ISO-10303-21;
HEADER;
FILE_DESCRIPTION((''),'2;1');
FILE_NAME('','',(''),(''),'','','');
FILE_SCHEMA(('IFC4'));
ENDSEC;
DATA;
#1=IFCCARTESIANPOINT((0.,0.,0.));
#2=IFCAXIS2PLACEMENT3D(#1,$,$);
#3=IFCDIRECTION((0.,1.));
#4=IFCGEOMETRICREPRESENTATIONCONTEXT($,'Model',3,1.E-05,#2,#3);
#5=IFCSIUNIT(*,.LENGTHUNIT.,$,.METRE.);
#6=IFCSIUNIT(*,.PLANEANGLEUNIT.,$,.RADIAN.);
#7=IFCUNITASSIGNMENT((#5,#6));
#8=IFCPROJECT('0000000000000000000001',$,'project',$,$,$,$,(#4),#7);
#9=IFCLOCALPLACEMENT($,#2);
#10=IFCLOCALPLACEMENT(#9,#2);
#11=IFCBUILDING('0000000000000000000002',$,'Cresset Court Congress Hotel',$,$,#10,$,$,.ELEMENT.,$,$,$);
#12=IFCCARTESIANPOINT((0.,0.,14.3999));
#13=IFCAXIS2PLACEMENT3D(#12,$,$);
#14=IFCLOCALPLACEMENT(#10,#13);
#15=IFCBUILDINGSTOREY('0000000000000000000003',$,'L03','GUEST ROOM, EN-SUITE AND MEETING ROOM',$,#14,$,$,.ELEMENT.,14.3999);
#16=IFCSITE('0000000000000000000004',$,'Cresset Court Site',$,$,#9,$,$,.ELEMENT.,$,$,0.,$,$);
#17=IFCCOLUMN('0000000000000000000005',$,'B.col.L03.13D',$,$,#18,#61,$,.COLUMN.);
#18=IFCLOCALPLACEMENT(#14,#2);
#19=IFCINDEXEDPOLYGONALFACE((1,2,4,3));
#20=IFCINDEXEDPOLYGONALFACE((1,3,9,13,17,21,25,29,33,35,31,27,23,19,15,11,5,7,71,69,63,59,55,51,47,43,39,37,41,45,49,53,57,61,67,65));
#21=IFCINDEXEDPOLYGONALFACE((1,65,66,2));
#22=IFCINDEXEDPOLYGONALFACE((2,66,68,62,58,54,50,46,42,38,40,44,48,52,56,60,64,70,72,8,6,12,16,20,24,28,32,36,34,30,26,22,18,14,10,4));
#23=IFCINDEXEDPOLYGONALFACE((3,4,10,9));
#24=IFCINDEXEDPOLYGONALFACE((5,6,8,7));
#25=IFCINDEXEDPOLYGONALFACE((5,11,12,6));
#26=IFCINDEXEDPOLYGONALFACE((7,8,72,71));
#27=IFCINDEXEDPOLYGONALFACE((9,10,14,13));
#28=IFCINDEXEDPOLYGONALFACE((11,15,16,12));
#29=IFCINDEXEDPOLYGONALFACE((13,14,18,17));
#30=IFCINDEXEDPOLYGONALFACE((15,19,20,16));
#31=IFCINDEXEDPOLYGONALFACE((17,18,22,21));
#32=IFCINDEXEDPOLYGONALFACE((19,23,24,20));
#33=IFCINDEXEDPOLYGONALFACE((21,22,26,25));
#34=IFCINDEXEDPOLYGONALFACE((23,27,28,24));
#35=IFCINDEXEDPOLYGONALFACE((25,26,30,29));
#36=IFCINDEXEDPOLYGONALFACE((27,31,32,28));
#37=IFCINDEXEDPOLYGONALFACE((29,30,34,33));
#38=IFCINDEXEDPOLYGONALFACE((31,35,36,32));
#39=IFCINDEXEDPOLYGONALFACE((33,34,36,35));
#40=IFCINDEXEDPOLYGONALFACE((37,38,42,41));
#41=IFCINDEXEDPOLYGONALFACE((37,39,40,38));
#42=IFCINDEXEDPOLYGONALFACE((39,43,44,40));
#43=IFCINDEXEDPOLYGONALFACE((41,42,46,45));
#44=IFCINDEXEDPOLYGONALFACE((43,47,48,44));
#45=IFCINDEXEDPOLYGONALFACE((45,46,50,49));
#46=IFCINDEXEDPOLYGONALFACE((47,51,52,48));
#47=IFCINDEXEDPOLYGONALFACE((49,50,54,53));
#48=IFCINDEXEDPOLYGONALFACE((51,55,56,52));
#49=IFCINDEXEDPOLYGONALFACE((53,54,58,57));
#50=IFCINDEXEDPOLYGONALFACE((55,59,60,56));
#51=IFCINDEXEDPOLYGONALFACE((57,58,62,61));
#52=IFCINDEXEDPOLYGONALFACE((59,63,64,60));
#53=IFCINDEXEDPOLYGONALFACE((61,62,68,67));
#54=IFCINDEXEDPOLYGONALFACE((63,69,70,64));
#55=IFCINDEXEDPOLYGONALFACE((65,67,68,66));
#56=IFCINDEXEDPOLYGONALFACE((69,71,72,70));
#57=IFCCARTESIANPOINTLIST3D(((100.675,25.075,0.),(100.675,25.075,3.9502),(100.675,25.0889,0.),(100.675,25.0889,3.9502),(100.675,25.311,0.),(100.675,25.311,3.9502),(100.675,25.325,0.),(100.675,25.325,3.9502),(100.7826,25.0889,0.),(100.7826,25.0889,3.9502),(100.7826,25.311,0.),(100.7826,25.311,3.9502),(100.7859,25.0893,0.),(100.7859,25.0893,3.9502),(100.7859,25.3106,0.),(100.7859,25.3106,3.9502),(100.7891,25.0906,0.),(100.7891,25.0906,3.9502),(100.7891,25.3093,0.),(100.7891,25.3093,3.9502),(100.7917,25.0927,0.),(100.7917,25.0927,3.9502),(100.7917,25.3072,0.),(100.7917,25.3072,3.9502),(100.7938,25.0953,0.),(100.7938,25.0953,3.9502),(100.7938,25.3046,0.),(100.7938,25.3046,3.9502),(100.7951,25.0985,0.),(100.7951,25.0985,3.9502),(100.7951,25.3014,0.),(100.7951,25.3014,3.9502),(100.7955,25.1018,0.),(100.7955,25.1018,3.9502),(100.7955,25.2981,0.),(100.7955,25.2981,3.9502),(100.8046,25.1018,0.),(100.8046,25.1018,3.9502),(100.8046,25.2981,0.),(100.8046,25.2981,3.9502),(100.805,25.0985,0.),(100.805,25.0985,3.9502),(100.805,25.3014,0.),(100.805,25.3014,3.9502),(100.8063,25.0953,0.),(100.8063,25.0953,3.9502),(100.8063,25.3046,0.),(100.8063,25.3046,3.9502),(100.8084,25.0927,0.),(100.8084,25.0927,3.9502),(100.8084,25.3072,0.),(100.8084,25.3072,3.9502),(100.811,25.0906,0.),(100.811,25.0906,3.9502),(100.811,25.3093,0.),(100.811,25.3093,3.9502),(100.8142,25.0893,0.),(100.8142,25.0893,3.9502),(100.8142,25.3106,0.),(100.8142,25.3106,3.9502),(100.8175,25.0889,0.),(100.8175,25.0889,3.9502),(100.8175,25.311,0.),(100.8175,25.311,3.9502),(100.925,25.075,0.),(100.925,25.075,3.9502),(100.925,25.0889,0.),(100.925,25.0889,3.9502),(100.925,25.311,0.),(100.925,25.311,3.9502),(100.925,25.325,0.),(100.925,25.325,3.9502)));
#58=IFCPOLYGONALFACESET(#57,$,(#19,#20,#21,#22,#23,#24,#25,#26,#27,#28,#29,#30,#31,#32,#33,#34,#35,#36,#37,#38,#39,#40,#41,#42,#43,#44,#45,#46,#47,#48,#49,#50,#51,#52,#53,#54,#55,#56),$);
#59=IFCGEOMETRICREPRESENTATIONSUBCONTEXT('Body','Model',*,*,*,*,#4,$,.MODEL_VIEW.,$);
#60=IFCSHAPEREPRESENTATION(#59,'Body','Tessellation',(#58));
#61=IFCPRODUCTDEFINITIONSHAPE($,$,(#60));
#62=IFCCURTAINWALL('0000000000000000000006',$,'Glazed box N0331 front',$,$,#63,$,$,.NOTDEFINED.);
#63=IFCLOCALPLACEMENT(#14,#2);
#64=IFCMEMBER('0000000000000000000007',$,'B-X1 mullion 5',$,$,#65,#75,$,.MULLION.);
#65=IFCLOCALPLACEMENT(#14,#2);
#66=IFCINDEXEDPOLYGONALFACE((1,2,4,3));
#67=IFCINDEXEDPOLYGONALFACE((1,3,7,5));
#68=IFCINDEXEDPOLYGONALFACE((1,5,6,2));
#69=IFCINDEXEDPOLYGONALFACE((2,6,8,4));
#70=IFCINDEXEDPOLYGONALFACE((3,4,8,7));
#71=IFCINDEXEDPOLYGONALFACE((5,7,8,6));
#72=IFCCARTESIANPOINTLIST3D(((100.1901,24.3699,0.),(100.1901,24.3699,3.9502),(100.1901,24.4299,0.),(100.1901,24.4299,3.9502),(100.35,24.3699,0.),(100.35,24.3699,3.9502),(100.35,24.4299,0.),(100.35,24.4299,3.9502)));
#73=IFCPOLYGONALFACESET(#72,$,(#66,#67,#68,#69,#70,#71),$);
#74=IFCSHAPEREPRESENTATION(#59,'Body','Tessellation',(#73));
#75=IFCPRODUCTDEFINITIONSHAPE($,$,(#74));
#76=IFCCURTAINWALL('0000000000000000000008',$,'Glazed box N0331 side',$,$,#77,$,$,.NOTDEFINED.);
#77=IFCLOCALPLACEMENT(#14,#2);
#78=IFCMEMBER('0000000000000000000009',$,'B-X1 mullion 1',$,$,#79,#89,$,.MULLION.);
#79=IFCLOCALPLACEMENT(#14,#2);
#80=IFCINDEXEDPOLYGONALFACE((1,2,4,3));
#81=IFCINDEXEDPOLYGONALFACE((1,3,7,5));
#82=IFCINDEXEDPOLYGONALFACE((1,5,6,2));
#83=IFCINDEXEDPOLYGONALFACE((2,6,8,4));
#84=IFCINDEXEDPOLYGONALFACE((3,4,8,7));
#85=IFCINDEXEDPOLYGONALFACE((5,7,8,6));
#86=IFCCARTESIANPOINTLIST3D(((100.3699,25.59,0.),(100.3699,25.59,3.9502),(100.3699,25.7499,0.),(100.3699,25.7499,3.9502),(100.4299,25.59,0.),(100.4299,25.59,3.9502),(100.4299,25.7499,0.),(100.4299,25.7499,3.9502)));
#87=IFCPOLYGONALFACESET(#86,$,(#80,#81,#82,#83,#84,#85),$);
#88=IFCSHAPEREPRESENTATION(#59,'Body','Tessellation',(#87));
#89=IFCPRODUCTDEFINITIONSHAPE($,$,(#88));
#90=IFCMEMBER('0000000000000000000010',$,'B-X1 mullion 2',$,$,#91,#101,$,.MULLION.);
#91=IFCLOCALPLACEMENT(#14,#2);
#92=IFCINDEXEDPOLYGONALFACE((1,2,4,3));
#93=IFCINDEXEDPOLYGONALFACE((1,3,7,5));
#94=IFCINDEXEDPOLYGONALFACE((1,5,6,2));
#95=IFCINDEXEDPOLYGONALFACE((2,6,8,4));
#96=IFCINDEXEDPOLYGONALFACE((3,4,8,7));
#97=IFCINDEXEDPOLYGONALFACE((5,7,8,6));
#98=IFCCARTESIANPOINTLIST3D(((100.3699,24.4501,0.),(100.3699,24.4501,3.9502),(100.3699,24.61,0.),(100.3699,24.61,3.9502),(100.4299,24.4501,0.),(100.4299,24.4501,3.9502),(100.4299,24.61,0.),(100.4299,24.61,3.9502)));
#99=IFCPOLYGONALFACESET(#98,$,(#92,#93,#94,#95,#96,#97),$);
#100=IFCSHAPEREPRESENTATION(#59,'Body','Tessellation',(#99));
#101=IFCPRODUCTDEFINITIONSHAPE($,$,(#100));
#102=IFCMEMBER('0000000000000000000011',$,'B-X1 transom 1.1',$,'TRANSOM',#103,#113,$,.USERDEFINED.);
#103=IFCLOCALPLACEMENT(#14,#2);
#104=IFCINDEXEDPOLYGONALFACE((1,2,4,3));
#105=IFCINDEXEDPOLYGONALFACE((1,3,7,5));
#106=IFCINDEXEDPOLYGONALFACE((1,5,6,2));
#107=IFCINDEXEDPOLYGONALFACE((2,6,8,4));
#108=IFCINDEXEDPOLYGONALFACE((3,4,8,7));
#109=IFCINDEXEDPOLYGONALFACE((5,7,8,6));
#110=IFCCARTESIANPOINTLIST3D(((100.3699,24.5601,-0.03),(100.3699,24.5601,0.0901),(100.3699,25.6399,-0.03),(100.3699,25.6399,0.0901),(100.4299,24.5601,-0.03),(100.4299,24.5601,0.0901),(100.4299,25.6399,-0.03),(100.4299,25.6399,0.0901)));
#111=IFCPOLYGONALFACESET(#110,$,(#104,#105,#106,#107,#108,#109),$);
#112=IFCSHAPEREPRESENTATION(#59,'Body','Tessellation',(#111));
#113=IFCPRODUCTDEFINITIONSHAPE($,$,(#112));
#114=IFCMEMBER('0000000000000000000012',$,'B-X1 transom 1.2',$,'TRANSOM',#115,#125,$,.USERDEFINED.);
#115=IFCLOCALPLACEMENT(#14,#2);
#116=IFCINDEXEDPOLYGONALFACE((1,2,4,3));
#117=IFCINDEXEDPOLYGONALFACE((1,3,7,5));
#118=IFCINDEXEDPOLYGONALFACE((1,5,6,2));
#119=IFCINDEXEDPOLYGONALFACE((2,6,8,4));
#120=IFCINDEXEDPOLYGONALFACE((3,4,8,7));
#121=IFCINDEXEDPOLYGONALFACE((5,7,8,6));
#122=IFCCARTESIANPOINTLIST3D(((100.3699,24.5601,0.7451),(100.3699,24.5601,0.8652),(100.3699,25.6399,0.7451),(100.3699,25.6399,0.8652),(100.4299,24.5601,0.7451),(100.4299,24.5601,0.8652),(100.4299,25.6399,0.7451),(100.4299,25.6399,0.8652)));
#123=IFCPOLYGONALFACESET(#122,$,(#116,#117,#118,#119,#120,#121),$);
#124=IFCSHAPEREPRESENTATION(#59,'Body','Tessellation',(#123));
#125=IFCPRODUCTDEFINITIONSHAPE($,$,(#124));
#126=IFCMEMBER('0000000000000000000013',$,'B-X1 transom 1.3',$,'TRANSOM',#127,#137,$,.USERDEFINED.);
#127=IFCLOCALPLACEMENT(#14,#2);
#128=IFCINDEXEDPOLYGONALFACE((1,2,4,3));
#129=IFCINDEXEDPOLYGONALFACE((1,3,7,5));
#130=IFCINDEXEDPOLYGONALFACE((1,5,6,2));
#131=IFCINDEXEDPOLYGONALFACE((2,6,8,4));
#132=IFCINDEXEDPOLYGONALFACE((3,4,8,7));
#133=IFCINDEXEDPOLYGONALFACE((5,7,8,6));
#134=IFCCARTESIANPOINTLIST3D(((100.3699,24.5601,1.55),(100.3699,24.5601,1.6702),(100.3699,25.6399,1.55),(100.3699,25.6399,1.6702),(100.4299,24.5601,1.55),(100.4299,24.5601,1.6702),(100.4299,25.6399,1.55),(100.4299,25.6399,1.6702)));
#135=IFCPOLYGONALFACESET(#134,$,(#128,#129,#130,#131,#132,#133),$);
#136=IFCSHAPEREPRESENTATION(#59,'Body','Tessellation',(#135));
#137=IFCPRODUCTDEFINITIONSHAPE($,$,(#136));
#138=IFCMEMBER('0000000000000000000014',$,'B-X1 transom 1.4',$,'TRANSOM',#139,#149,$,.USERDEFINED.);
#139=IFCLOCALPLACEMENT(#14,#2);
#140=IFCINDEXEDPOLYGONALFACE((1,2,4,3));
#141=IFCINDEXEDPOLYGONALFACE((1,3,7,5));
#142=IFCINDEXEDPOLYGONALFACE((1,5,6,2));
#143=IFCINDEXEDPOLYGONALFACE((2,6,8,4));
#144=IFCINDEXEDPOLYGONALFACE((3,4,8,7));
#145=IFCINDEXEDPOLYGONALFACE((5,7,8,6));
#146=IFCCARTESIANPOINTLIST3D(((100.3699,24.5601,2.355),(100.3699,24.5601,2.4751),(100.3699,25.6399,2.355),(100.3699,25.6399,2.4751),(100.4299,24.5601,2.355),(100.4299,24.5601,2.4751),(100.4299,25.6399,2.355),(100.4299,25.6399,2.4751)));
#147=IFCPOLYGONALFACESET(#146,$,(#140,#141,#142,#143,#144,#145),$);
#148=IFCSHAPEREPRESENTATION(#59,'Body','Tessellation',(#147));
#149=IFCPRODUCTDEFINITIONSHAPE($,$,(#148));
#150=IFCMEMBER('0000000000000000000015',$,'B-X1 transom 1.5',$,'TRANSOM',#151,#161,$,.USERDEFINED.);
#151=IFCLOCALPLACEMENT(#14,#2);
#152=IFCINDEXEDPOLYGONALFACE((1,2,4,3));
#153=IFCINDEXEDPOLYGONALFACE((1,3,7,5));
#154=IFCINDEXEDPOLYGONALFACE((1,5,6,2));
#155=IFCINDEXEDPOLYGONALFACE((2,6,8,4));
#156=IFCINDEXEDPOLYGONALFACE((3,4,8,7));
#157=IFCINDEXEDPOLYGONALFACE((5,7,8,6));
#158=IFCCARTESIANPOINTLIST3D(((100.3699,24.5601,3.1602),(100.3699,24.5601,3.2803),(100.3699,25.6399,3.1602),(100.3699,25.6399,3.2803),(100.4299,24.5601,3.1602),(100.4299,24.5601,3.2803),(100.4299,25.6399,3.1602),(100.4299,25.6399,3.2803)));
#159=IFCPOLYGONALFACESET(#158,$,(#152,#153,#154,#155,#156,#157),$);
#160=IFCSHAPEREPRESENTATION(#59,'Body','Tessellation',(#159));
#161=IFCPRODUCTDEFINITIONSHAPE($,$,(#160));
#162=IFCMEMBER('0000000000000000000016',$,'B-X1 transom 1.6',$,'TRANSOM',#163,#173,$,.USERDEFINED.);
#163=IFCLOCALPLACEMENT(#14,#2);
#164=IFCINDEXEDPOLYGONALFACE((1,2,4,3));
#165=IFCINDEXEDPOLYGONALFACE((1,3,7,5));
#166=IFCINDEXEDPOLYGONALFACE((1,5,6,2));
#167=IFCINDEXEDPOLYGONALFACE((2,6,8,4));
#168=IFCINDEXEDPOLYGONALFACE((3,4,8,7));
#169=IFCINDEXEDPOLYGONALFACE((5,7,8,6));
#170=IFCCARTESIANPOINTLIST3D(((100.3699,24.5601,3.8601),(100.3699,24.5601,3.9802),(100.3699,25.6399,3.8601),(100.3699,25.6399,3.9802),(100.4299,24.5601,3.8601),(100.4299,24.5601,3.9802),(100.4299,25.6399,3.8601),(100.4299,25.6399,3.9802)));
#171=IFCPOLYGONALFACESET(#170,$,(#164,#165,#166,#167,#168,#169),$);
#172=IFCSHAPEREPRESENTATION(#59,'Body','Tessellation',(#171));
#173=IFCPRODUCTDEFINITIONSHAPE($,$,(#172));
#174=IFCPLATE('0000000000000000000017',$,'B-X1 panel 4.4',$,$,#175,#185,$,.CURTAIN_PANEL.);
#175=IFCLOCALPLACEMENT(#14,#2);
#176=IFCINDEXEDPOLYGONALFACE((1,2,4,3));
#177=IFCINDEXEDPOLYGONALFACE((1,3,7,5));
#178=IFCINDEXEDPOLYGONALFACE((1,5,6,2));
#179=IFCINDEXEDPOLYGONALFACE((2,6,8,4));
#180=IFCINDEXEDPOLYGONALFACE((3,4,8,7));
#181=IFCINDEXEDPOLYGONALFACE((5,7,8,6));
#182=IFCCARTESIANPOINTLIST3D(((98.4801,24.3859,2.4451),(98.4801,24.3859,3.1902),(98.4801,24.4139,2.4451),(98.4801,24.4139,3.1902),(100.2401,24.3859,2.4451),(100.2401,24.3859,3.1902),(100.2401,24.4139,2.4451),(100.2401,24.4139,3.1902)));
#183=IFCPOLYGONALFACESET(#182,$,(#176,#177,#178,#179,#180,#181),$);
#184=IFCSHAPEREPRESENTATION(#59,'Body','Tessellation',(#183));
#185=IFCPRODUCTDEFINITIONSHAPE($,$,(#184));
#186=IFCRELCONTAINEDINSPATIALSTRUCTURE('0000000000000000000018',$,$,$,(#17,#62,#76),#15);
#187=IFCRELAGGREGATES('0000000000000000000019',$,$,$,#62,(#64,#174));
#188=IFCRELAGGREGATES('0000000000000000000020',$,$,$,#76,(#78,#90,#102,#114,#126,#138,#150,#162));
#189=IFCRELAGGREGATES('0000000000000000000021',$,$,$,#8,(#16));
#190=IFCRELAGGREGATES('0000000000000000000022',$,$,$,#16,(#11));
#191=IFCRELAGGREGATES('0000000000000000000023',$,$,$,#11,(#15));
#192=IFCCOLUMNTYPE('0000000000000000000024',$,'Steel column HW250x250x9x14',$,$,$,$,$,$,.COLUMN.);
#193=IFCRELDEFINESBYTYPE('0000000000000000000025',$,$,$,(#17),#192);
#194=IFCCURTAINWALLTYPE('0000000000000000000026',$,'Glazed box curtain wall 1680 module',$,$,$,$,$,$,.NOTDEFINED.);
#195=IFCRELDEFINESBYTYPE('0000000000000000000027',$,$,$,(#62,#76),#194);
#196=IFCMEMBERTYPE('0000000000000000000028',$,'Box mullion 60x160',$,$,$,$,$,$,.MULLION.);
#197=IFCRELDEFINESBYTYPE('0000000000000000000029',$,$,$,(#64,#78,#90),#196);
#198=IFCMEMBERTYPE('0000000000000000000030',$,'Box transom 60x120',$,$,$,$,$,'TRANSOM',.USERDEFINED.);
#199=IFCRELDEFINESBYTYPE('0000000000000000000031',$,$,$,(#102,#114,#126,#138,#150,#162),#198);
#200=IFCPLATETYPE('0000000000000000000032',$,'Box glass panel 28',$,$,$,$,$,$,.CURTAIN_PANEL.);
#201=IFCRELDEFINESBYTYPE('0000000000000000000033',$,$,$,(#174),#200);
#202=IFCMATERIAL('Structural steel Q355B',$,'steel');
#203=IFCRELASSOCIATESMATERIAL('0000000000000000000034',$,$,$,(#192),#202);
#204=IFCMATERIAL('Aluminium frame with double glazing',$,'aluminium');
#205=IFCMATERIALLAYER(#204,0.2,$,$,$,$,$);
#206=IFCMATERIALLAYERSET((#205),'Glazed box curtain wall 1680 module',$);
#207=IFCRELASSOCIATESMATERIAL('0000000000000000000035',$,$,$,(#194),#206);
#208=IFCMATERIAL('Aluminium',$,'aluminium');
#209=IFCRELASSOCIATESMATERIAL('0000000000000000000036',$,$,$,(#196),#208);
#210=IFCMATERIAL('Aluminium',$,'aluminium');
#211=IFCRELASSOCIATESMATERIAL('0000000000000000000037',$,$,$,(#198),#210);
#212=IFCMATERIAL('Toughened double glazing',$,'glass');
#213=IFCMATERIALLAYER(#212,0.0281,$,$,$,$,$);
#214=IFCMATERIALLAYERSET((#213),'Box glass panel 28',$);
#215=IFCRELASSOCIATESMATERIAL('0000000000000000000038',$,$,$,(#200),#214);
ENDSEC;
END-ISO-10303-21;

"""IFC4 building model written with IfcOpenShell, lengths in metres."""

from ifc_helpers import new_model, si_unit, direction, frame, origin, origin_2d, place, context, subcontext, project, spatial, rectangle, i_section, extrude, material, layer, layer_set, material_profile, profile_set, type_object, element, aggregate, save


model = new_model("IFC4")

# Units and contexts
model_context = context("Model", 3, precision=1e-05, world=origin(), true_north=direction((0.0, 1.0)))
body_context = subcontext(model_context, "Body", "Model", "MODEL_VIEW")
ifc_project = project(units=[si_unit("LENGTHUNIT", "METRE"), si_unit("PLANEANGLEUNIT", "RADIAN")], contexts=[model_context])

# Site, building, storey
site_placement = place(None, origin())
site = spatial("IfcSite", under=ifc_project, at=site_placement, Name="Cresset Court Site", CompositionType="ELEMENT", RefElevation=0.0)
building_placement = place(site_placement, origin())
building = spatial("IfcBuilding", under=site, at=building_placement, Name="Cresset Court Congress Hotel", CompositionType="ELEMENT")
storey_placement = place(building_placement, frame((0.0, 0.0, 14.3999)))
storey = spatial("IfcBuildingStorey", under=building, at=storey_placement, Name="L03", Description="GUEST ROOM, EN-SUITE AND MEETING ROOM", CompositionType="ELEMENT", Elevation=14.3999)

# Column
ifc_material_1 = material(Name="Structural steel Q355B", Category="steel")
ifc_material_profile_1 = material_profile(ifc_material_1, i_section(OverallWidth=0.25, OverallDepth=0.25, WebThickness=0.009, FlangeThickness=0.0139, FilletRadius=0.0129, at=origin_2d()), Name="HW250x250x9x14")
ifc_profile_set_1 = profile_set([ifc_material_profile_1], Name="Structural steel Q355B")
column_type = type_object("IfcColumnType", Name="Steel column HW250x250x9x14", PredefinedType="COLUMN", material=ifc_profile_set_1)
column_placement = place(storey_placement, frame((100.8, 25.2, 0.0), z_axis=(0.0, 0.0, 1.0), x_axis=(1.0, 0.0, 0.0)))
element("IfcColumn", 1, at=column_placement, inside=storey, type_object=column_type, Name="B.col.L03.13D", PredefinedType="COLUMN", context=body_context, shape_type="SweptSolid", body=[
    extrude(i_section(OverallWidth=0.25, OverallDepth=0.25, WebThickness=0.009, FlangeThickness=0.0139, FilletRadius=0.0129, at=origin_2d()), origin(), (0.0, 0.0, 1.0), 3.9502),
])

# Curtain wall, member
ifc_material_2 = material(Name="Aluminium frame with double glazing", Category="aluminium")
ifc_layer_1 = layer(ifc_material_2, 0.2)
ifc_layer_set_1 = layer_set([ifc_layer_1], Name="Glazed box curtain wall 1680 module")
curtain_wall_type = type_object("IfcCurtainWallType", Name="Glazed box curtain wall 1680 module", PredefinedType="NOTDEFINED", material=ifc_layer_set_1)
curtain_wall_1_placement = place(storey_placement, origin())
curtain_wall_1 = element("IfcCurtainWall", 2, at=curtain_wall_1_placement, inside=storey, type_object=curtain_wall_type, Name="Glazed box N0331 front", PredefinedType="NOTDEFINED")
ifc_material_3 = material(Name="Aluminium", Category="aluminium")
ifc_material_profile_2 = material_profile(ifc_material_3, rectangle(XDim=0.0601, YDim=0.1599, at=origin_2d()), Name="Box mullion 60x160")
ifc_profile_set_2 = profile_set([ifc_material_profile_2], Name="Aluminium")
member_type_1 = type_object("IfcMemberType", Name="Box mullion 60x160", PredefinedType="MULLION", material=ifc_profile_set_2)
member_1_placement = place(storey_placement, frame((100.27, 24.3999, 0.0), z_axis=(0.0, 0.0, 1.0), x_axis=(0.0, 1.0, 0.0)))
member_1 = element("IfcMember", 3, at=member_1_placement, type_object=member_type_1, Name="B-X1 mullion 5", PredefinedType="MULLION", context=body_context, shape_type="SweptSolid", body=[
    extrude(rectangle(XDim=0.0601, YDim=0.1599, at=origin_2d()), origin(), (0.0, 0.0, 1.0), 3.9502),
])

# Curtain wall, members
curtain_wall_2_placement = place(storey_placement, origin())
curtain_wall_2 = element("IfcCurtainWall", 4, at=curtain_wall_2_placement, inside=storey, type_object=curtain_wall_type, Name="Glazed box N0331 side", PredefinedType="NOTDEFINED")
member_2_placement = place(storey_placement, frame((100.3999, 25.6699, 0.0), z_axis=(0.0, 0.0, 1.0), x_axis=(1.0, 0.0, 0.0)))
member_2 = element("IfcMember", 5, at=member_2_placement, type_object=member_type_1, Name="B-X1 mullion 1", PredefinedType="MULLION", context=body_context, shape_type="SweptSolid", body=[
    extrude(rectangle(XDim=0.0601, YDim=0.1599, at=origin_2d()), origin(), (0.0, 0.0, 1.0), 3.9502),
])
member_3_placement = place(storey_placement, frame((100.3999, 24.53, 0.0), z_axis=(0.0, 0.0, 1.0), x_axis=(1.0, 0.0, 0.0)))
member_3 = element("IfcMember", 6, at=member_3_placement, type_object=member_type_1, Name="B-X1 mullion 2", PredefinedType="MULLION", context=body_context, shape_type="SweptSolid", body=[
    extrude(rectangle(XDim=0.0601, YDim=0.1599, at=origin_2d()), origin(), (0.0, 0.0, 1.0), 3.9502),
])
ifc_material_4 = material(Name="Aluminium", Category="aluminium")
ifc_material_profile_3 = material_profile(ifc_material_4, rectangle(XDim=0.0601, YDim=0.1201, at=origin_2d()), Name="Box transom 60x120")
ifc_profile_set_3 = profile_set([ifc_material_profile_3], Name="Aluminium")
member_type_2 = type_object("IfcMemberType", Name="Box transom 60x120", ElementType="TRANSOM", PredefinedType="USERDEFINED", material=ifc_profile_set_3)
member_4_placement = place(storey_placement, frame((100.3999, 25.6399, 0.03), z_axis=(0.0, -1.0, 0.0), x_axis=(1.0, 0.0, 0.0)))
member_4 = element("IfcMember", 7, at=member_4_placement, type_object=member_type_2, Name="B-X1 transom 1.1", ObjectType="TRANSOM", PredefinedType="USERDEFINED", context=body_context, shape_type="SweptSolid", body=[
    extrude(rectangle(XDim=0.0601, YDim=0.1201, at=origin_2d()), origin(), (0.0, 0.0, 1.0), 1.0798),
])
member_5_placement = place(storey_placement, frame((100.3999, 25.6399, 0.8052), z_axis=(0.0, -1.0, 0.0), x_axis=(1.0, 0.0, 0.0)))
member_5 = element("IfcMember", 8, at=member_5_placement, type_object=member_type_2, Name="B-X1 transom 1.2", ObjectType="TRANSOM", PredefinedType="USERDEFINED", context=body_context, shape_type="SweptSolid", body=[
    extrude(rectangle(XDim=0.0601, YDim=0.1201, at=origin_2d()), origin(), (0.0, 0.0, 1.0), 1.0798),
])
member_6_placement = place(storey_placement, frame((100.3999, 25.6399, 1.6101), z_axis=(0.0, -1.0, 0.0), x_axis=(1.0, 0.0, 0.0)))
member_6 = element("IfcMember", 9, at=member_6_placement, type_object=member_type_2, Name="B-X1 transom 1.3", ObjectType="TRANSOM", PredefinedType="USERDEFINED", context=body_context, shape_type="SweptSolid", body=[
    extrude(rectangle(XDim=0.0601, YDim=0.1201, at=origin_2d()), origin(), (0.0, 0.0, 1.0), 1.0798),
])
member_7_placement = place(storey_placement, frame((100.3999, 25.6399, 2.415), z_axis=(0.0, -1.0, 0.0), x_axis=(1.0, 0.0, 0.0)))
member_7 = element("IfcMember", 10, at=member_7_placement, type_object=member_type_2, Name="B-X1 transom 1.4", ObjectType="TRANSOM", PredefinedType="USERDEFINED", context=body_context, shape_type="SweptSolid", body=[
    extrude(rectangle(XDim=0.0601, YDim=0.1201, at=origin_2d()), origin(), (0.0, 0.0, 1.0), 1.0798),
])
member_8_placement = place(storey_placement, frame((100.3999, 25.6399, 3.2202), z_axis=(0.0, -1.0, 0.0), x_axis=(1.0, 0.0, 0.0)))
member_8 = element("IfcMember", 11, at=member_8_placement, type_object=member_type_2, Name="B-X1 transom 1.5", ObjectType="TRANSOM", PredefinedType="USERDEFINED", context=body_context, shape_type="SweptSolid", body=[
    extrude(rectangle(XDim=0.0601, YDim=0.1201, at=origin_2d()), origin(), (0.0, 0.0, 1.0), 1.0798),
])
member_9_placement = place(storey_placement, frame((100.3999, 25.6399, 3.9202), z_axis=(0.0, -1.0, 0.0), x_axis=(1.0, 0.0, 0.0)))
member_9 = element("IfcMember", 12, at=member_9_placement, type_object=member_type_2, Name="B-X1 transom 1.6", ObjectType="TRANSOM", PredefinedType="USERDEFINED", context=body_context, shape_type="SweptSolid", body=[
    extrude(rectangle(XDim=0.0601, YDim=0.1201, at=origin_2d()), origin(), (0.0, 0.0, 1.0), 1.0798),
])

# Plate
ifc_material_5 = material(Name="Toughened double glazing", Category="glass")
ifc_layer_2 = layer(ifc_material_5, 0.0281)
ifc_layer_set_2 = layer_set([ifc_layer_2], Name="Box glass panel 28")
plate_type_1 = type_object("IfcPlateType", Name="Box glass panel 28", PredefinedType="CURTAIN_PANEL", material=ifc_layer_set_2)
plate_1_placement = place(storey_placement, frame((99.3601, 24.3999, 2.4451), z_axis=(0.0, 0.0, 1.0), x_axis=(1.0, 0.0, 0.0)))
plate_1 = element("IfcPlate", 13, at=plate_1_placement, type_object=plate_type_1, Name="B-X1 panel 4.4", PredefinedType="CURTAIN_PANEL", context=body_context, shape_type="SweptSolid", body=[
    extrude(rectangle(XDim=1.76, YDim=0.0281, at=origin_2d()), origin(), (0.0, 0.0, 1.0), 0.7451),
])
aggregate(curtain_wall_1, [member_1, plate_1])
aggregate(curtain_wall_2, [member_2, member_3, member_4, member_5, member_6, member_7, member_8, member_9])

save(model, "model.ifc")
